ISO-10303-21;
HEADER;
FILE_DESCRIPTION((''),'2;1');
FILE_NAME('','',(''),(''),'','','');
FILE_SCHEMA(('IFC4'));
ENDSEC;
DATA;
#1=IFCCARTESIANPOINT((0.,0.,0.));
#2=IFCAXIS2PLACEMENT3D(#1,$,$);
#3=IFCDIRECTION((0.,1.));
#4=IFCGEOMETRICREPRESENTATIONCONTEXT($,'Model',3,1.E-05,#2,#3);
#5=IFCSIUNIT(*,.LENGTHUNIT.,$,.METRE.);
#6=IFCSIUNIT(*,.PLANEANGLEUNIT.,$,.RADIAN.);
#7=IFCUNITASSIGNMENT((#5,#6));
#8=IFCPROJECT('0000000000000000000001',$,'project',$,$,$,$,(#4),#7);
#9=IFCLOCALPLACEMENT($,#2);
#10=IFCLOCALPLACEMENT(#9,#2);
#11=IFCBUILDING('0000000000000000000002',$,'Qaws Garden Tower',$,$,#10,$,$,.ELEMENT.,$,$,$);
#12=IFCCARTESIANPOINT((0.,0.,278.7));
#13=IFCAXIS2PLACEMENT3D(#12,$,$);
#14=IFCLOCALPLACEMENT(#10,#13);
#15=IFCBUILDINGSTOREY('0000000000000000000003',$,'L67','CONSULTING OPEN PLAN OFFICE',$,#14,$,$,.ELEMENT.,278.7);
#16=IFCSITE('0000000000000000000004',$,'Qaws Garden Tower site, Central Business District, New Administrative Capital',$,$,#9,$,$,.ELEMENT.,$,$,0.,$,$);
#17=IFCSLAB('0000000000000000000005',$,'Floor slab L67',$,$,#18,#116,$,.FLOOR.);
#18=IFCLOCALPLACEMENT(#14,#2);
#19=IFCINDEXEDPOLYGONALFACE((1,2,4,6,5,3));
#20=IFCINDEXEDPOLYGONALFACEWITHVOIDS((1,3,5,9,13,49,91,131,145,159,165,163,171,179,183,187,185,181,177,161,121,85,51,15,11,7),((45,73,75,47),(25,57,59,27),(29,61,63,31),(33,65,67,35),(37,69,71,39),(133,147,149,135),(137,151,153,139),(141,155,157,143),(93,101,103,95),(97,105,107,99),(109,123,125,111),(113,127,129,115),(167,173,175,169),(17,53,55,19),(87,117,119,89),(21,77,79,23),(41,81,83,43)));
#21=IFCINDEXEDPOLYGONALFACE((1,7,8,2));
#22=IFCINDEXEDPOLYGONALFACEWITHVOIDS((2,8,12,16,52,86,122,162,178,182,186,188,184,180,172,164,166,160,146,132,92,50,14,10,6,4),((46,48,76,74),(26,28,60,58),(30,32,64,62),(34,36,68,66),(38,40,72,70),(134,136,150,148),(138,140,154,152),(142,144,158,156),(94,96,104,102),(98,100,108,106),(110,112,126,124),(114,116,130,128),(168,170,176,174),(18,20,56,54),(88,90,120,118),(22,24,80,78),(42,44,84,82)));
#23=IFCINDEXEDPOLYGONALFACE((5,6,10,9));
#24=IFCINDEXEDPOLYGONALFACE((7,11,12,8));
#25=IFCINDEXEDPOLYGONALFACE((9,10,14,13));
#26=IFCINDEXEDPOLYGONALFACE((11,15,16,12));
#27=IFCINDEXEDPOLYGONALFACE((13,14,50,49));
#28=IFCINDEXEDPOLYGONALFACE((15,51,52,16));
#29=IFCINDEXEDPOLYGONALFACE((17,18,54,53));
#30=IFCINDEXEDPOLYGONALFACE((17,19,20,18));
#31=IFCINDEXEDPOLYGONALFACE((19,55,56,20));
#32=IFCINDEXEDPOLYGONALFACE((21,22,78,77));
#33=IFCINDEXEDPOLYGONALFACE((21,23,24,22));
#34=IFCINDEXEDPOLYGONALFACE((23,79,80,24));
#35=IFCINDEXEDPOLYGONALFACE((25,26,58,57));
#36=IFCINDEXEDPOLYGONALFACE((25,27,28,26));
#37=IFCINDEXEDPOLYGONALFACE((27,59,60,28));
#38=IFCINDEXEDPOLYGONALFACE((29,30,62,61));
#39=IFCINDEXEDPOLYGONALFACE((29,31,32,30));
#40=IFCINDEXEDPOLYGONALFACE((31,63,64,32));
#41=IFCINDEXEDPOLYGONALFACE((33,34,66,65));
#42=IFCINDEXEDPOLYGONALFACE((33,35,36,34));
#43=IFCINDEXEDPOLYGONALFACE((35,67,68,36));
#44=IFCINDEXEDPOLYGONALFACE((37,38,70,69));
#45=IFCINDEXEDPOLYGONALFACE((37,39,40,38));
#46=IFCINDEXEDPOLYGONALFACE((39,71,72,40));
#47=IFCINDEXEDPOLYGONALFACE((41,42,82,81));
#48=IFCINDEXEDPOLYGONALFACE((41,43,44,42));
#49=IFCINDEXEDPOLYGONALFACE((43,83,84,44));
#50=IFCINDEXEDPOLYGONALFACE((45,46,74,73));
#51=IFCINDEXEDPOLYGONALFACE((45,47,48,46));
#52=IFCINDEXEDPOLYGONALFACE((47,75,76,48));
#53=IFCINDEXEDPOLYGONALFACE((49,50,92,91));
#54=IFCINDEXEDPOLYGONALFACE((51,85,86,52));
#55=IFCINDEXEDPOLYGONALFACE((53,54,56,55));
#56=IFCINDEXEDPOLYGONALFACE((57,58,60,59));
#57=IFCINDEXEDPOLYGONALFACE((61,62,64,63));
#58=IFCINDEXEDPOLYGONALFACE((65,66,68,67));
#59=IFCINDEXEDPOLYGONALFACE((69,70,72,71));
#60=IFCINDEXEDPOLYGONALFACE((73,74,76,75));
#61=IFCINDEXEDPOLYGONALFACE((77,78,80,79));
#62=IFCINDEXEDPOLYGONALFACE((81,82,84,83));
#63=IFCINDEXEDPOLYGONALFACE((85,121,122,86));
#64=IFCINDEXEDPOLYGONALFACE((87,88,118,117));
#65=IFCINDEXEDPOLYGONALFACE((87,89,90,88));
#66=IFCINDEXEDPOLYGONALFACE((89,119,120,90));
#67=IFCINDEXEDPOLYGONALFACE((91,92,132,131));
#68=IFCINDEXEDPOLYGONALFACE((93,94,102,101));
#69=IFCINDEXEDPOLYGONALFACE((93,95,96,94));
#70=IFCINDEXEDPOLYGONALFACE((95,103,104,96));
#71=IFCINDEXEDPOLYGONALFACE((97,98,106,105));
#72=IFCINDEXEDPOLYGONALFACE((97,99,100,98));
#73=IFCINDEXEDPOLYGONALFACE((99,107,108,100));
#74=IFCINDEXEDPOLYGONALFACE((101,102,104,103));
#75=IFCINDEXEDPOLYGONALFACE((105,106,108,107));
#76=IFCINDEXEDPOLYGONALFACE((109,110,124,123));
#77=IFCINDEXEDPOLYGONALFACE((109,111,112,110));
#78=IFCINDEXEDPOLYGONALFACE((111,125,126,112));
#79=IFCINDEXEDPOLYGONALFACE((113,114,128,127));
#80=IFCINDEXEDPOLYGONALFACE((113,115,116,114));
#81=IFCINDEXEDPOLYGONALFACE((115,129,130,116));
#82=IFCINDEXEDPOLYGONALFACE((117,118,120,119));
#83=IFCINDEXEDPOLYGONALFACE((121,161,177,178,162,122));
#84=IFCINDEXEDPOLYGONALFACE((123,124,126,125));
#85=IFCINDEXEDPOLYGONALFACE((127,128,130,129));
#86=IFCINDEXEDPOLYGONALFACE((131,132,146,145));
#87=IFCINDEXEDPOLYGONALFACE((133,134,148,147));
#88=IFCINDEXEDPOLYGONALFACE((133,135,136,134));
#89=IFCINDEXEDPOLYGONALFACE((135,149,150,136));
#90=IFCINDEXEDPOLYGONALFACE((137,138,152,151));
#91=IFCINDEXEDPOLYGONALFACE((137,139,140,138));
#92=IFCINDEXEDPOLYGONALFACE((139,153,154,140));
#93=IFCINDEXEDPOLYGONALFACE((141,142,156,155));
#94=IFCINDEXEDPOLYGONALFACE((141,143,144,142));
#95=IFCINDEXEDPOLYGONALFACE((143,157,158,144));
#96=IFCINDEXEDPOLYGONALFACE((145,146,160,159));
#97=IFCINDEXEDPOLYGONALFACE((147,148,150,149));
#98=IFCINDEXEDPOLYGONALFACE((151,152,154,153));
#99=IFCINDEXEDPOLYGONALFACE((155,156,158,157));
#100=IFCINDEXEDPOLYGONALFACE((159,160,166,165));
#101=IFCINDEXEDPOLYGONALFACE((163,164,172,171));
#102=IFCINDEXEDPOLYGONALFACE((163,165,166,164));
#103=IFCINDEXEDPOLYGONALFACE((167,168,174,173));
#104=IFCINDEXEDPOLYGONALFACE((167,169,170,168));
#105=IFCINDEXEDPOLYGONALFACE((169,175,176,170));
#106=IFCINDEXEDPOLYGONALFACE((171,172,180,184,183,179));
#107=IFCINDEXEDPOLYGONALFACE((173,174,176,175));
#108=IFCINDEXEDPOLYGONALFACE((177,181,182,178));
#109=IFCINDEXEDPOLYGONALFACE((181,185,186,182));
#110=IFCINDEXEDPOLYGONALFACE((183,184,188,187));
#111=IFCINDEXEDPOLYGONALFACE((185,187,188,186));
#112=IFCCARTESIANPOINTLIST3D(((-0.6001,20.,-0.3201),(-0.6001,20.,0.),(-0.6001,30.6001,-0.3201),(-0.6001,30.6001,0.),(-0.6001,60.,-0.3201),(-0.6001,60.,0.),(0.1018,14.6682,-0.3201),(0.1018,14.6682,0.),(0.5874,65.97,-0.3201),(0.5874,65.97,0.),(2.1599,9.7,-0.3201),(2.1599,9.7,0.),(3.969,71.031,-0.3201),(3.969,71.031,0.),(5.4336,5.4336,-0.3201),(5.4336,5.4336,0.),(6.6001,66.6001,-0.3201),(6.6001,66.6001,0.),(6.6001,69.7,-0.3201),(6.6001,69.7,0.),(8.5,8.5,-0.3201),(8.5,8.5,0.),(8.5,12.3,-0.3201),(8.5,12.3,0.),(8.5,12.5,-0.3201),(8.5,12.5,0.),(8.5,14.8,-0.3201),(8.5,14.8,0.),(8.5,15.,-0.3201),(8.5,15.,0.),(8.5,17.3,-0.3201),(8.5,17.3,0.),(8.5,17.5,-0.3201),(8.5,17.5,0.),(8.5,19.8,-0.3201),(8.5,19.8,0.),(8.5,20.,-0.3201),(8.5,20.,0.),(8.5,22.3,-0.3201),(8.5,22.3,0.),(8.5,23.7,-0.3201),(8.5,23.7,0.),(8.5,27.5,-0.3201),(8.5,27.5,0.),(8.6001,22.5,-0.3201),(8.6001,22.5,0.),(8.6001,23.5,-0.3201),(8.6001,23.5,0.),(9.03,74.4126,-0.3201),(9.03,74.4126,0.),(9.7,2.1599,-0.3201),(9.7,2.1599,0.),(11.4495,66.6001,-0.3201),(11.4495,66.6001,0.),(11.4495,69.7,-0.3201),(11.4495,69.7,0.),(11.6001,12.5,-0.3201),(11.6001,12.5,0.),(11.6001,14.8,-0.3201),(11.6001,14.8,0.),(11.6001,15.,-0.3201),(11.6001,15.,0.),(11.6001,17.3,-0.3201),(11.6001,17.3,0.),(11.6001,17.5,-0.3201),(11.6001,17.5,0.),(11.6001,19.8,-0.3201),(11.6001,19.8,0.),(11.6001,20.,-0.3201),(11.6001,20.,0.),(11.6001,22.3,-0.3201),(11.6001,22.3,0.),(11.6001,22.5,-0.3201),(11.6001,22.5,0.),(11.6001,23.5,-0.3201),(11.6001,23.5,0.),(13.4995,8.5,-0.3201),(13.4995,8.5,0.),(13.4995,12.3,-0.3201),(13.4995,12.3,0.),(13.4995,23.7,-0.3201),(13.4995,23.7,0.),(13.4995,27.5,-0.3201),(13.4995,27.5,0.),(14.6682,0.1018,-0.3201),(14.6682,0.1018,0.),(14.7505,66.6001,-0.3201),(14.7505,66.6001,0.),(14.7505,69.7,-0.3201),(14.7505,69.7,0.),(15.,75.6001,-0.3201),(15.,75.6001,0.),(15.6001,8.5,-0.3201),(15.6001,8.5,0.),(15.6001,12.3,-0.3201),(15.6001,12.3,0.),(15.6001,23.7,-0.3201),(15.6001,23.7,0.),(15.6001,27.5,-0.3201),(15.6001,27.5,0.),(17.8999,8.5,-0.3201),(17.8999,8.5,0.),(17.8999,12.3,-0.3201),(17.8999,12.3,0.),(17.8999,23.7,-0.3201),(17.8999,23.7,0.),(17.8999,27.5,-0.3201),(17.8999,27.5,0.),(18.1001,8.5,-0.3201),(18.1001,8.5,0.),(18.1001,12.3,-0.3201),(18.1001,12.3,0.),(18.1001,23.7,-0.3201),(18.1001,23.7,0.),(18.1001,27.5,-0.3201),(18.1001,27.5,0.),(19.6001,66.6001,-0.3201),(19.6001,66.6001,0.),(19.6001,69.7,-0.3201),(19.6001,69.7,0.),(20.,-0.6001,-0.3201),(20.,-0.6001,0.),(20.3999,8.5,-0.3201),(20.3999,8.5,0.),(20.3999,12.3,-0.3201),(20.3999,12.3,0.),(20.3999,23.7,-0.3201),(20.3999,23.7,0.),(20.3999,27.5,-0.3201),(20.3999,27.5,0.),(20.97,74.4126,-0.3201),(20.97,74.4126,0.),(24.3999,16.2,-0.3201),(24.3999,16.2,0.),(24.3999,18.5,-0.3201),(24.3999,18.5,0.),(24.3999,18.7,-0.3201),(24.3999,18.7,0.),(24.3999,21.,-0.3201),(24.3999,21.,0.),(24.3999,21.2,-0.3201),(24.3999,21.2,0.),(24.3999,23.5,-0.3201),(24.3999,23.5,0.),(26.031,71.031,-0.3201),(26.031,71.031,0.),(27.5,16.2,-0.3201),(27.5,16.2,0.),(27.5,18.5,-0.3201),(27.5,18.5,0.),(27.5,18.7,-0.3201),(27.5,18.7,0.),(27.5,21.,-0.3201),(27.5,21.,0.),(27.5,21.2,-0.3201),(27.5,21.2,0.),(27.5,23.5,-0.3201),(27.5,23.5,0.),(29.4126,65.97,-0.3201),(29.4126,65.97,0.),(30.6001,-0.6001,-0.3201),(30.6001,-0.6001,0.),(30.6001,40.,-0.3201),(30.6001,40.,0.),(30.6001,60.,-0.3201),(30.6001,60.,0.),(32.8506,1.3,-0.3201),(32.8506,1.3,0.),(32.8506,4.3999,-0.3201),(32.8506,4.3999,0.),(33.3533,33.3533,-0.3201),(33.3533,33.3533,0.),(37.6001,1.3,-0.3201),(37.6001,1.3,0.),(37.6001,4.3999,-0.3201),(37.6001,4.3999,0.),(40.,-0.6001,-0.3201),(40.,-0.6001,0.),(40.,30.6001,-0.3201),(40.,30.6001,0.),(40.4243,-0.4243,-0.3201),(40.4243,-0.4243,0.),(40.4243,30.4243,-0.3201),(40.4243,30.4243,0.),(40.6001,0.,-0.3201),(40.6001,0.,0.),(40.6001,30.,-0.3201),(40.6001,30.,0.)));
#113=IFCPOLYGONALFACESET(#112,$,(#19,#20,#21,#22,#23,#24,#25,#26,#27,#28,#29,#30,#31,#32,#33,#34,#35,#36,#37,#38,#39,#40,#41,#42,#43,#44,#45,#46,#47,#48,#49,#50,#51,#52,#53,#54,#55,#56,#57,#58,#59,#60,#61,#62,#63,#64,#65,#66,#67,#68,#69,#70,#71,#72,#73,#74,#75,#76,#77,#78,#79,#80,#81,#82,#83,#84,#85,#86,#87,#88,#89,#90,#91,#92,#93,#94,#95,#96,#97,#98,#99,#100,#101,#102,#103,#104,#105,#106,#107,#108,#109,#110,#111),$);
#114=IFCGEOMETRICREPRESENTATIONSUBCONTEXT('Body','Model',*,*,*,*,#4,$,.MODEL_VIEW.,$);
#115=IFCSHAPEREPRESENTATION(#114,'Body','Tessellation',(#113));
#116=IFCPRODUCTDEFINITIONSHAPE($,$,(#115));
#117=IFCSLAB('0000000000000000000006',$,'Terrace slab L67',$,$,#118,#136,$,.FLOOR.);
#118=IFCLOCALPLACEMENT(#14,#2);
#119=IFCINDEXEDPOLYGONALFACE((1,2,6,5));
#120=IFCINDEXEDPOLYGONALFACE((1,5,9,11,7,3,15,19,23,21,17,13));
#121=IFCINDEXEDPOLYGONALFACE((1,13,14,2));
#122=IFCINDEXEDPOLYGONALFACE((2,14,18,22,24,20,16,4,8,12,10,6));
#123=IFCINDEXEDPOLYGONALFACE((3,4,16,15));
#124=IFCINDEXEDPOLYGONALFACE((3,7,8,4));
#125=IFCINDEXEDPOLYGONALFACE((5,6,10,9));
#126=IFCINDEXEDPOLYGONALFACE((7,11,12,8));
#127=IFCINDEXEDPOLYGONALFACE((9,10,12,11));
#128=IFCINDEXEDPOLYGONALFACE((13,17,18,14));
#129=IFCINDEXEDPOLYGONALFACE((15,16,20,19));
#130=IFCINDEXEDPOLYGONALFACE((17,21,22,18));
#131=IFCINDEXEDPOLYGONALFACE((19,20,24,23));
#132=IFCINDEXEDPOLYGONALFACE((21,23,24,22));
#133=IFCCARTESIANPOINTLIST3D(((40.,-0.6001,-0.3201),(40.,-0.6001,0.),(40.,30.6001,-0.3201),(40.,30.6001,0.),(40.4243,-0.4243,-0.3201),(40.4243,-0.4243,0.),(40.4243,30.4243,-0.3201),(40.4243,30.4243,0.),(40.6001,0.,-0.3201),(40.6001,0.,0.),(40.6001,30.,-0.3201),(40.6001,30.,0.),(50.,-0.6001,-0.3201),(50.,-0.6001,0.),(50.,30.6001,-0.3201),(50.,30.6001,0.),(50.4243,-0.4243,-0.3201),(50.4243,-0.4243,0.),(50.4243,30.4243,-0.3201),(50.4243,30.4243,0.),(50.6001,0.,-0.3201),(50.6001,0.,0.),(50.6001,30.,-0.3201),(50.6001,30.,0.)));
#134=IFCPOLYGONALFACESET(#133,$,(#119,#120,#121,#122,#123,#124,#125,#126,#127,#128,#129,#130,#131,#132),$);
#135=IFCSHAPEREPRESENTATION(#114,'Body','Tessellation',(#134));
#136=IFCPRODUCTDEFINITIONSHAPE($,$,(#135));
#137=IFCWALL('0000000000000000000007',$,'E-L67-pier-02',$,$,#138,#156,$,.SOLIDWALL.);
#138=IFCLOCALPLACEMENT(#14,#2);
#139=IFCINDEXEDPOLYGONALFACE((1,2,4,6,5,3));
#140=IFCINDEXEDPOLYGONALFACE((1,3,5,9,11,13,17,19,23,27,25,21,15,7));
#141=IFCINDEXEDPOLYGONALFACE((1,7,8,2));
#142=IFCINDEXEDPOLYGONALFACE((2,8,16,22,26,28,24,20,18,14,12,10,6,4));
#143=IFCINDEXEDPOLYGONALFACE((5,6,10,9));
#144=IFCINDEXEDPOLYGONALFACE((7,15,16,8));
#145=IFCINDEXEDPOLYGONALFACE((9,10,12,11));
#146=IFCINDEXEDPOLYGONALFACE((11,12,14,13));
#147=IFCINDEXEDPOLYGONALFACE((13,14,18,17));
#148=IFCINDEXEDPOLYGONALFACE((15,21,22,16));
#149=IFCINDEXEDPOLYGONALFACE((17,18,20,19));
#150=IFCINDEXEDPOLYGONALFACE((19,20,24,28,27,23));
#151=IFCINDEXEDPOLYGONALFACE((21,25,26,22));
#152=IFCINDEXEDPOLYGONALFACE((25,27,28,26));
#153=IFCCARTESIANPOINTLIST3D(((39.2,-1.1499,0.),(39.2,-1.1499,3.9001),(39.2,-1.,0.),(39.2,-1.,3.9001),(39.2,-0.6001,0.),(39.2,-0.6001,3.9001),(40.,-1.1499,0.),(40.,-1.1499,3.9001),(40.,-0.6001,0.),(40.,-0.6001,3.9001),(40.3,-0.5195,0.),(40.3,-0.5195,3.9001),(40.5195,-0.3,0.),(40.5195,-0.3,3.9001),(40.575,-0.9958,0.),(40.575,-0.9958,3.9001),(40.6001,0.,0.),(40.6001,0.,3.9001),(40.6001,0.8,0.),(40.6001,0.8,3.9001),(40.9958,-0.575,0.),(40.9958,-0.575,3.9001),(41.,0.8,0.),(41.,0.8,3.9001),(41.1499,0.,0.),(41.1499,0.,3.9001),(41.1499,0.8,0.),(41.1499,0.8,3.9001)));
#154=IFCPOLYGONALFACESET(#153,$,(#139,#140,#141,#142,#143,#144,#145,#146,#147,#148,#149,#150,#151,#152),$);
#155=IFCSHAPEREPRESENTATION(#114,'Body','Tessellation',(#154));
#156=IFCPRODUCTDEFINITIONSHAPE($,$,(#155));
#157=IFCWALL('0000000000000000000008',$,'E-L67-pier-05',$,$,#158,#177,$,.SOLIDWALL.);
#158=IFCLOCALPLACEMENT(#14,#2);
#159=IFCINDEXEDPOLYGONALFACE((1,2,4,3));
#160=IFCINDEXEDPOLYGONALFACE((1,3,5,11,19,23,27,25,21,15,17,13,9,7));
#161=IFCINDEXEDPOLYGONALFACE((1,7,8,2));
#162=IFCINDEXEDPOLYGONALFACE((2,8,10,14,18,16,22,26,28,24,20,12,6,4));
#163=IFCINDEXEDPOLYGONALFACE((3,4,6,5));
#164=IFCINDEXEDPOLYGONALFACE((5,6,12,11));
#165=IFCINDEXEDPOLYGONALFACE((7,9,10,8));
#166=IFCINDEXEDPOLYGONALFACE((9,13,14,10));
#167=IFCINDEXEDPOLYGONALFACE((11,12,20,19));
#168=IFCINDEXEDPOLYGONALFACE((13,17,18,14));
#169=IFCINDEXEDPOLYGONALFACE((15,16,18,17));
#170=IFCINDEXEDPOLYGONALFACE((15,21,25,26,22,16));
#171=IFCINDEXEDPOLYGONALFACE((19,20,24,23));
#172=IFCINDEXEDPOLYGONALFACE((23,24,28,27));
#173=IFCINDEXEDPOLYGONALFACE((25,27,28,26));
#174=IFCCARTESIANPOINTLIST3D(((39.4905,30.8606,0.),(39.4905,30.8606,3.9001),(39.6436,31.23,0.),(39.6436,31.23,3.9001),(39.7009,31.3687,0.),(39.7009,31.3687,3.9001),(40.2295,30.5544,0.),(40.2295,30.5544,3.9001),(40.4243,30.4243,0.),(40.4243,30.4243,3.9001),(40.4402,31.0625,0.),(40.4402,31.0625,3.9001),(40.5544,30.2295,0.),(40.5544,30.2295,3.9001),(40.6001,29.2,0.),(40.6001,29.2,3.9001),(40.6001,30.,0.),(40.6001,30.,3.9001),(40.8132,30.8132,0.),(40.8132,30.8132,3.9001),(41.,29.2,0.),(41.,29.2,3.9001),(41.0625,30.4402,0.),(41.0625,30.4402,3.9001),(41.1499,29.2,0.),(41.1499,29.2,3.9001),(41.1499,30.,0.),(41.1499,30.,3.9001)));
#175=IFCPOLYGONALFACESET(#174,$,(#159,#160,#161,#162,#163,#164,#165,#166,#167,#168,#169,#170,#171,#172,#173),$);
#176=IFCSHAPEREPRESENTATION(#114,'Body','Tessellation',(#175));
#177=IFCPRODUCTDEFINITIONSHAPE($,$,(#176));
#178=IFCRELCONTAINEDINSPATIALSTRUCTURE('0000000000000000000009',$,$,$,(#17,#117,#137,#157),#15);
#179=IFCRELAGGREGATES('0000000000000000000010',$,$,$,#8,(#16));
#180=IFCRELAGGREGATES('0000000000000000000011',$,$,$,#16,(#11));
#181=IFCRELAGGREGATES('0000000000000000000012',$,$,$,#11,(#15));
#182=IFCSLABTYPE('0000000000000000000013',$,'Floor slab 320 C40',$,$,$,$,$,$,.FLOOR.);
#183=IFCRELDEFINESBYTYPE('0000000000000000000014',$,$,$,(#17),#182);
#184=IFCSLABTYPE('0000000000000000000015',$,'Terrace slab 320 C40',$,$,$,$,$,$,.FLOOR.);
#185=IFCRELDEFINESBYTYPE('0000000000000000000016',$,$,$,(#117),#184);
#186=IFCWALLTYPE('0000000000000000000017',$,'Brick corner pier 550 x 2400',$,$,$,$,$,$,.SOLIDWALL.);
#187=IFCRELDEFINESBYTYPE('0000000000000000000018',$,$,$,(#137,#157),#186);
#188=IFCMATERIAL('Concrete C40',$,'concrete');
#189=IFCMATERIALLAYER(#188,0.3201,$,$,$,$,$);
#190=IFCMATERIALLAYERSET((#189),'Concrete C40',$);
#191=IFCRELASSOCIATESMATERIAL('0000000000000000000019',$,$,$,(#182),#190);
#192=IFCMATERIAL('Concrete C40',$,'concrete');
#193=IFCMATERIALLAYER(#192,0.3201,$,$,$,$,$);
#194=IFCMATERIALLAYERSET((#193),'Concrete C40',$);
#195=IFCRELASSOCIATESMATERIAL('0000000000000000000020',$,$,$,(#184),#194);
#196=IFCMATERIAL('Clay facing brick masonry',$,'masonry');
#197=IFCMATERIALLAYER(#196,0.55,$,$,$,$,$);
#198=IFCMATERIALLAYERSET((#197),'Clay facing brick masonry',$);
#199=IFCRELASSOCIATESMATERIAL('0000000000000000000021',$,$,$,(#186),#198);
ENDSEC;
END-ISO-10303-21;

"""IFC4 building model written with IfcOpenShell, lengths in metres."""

from ifc_helpers import new_model, si_unit, direction, frame, origin, place, context, subcontext, project, spatial, polyline, outline, extrude, material, layer, layer_set, type_object, element, save


model = new_model("IFC4")

# Units and contexts
model_context = context("Model", 3, precision=1e-05, world=origin(), true_north=direction((0.0, 1.0)))
body_context = subcontext(model_context, "Body", "Model", "MODEL_VIEW")
ifc_project = project(units=[si_unit("LENGTHUNIT", "METRE"), si_unit("PLANEANGLEUNIT", "RADIAN")], contexts=[model_context])

# Site, building, storey
site_placement = place(None, origin())
site = spatial("IfcSite", under=ifc_project, at=site_placement, Name="Qaws Garden Tower site, Central Business District, New Administrative Capital", CompositionType="ELEMENT", RefElevation=0.0)
building_placement = place(site_placement, origin())
building = spatial("IfcBuilding", under=site, at=building_placement, Name="Qaws Garden Tower", CompositionType="ELEMENT")
storey_placement = place(building_placement, frame((0.0, 0.0, 278.7)))
storey = spatial("IfcBuildingStorey", under=building, at=storey_placement, Name="L67", Description="CONSULTING OPEN PLAN OFFICE", CompositionType="ELEMENT", Elevation=278.7)

# Slabs
ifc_material_1 = material(Name="Concrete C40", Category="concrete")
ifc_layer_1 = layer(ifc_material_1, 0.3201)
ifc_layer_set_1 = layer_set([ifc_layer_1], Name="Concrete C40")
slab_type_1 = type_object("IfcSlabType", Name="Floor slab 320 C40", PredefinedType="FLOOR", material=ifc_layer_set_1)
placement_1 = place(storey_placement, frame((0.0, 0.0, -0.3201)))
element("IfcSlab", 1, at=placement_1, inside=storey, type_object=slab_type_1, Name="Floor slab L67", PredefinedType="FLOOR", context=body_context, shape_type="SweptSolid", body=[
    extrude(outline(polyline([(0.1018, 14.6682), (-0.6001, 20.0), (-0.6001, 30.6001), (-0.6001, 60.0), (-0.6001, 60.0), (0.5874, 65.97), (3.969, 71.031), (9.03, 74.4126), (15.0, 75.6001), (20.97, 74.4126), (26.031, 71.031), (29.4126, 65.97), (30.6001, 60.0), (30.6001, 40.0), (33.3533, 33.3533), (40.0, 30.6001), (40.4243, 30.4243), (40.6001, 30.0), (40.6001, 0.0), (40.4243, -0.4243), (40.0, -0.6001), (30.6001, -0.6001), (20.0, -0.6001), (14.6682, 0.1018), (9.7, 2.1599), (5.4336, 5.4336), (2.1599, 9.7), (0.1018, 14.6682)]), holes=[polyline([(13.4995, 12.3), (8.5, 12.3), (8.5, 8.5), (13.4995, 8.5), (13.4995, 12.3)]), polyline([(17.8999, 12.3), (15.6001, 12.3), (15.6001, 8.5), (17.8999, 8.5), (17.8999, 12.3)]), polyline([(11.6001, 14.8), (8.5, 14.8), (8.5, 12.5), (11.6001, 12.5), (11.6001, 14.8)]), polyline([(11.6001, 17.3), (8.5, 17.3), (8.5, 15.0), (11.6001, 15.0), (11.6001, 17.3)]), polyline([(11.6001, 19.8), (8.5, 19.8), (8.5, 17.5), (11.6001, 17.5), (11.6001, 19.8)]), polyline([(11.6001, 22.3), (8.5, 22.3), (8.5, 20.0), (11.6001, 20.0), (11.6001, 22.3)]), polyline([(11.6001, 23.5), (8.6001, 23.5), (8.6001, 22.5), (11.6001, 22.5), (11.6001, 23.5)]), polyline([(13.4995, 27.5), (8.5, 27.5), (8.5, 23.7), (13.4995, 23.7), (13.4995, 27.5)]), polyline([(11.4495, 69.7), (6.6001, 69.7), (6.6001, 66.6001), (11.4495, 66.6001), (11.4495, 69.7)]), polyline([(37.6001, 4.3999), (32.8506, 4.3999), (32.8506, 1.3), (37.6001, 1.3), (37.6001, 4.3999)]), polyline([(20.3999, 12.3), (18.1001, 12.3), (18.1001, 8.5), (20.3999, 8.5), (20.3999, 12.3)]), polyline([(27.5, 18.5), (24.3999, 18.5), (24.3999, 16.2), (27.5, 16.2), (27.5, 18.5)]), polyline([(27.5, 21.0), (24.3999, 21.0), (24.3999, 18.7), (27.5, 18.7), (27.5, 21.0)]), polyline([(27.5, 23.5), (24.3999, 23.5), (24.3999, 21.2), (27.5, 21.2), (27.5, 23.5)]), polyline([(17.8999, 27.5), (15.6001, 27.5), (15.6001, 23.7), (17.8999, 23.7), (17.8999, 27.5)]), polyline([(20.3999, 23.7), (20.3999, 27.5), (18.1001, 27.5), (18.1001, 23.7), (20.3999, 23.7)]), polyline([(19.6001, 66.6001), (19.6001, 69.7), (14.7505, 69.7), (14.7505, 66.6001), (19.6001, 66.6001)])]), origin(), (0.0, 0.0, 1.0), 0.3201),
])
ifc_material_2 = material(Name="Concrete C40", Category="concrete")
ifc_layer_2 = layer(ifc_material_2, 0.3201)
ifc_layer_set_2 = layer_set([ifc_layer_2], Name="Concrete C40")
slab_type_2 = type_object("IfcSlabType", Name="Terrace slab 320 C40", PredefinedType="FLOOR", material=ifc_layer_set_2)
element("IfcSlab", 2, at=placement_1, inside=storey, type_object=slab_type_2, Name="Terrace slab L67", PredefinedType="FLOOR", context=body_context, shape_type="SweptSolid", body=[
    extrude(outline(polyline([(50.0, 30.6001), (50.4243, 30.4243), (50.6001, 30.0), (50.6001, 0.0), (50.4243, -0.4243), (50.0, -0.6001), (40.0, -0.6001), (40.4243, -0.4243), (40.6001, 0.0), (40.6001, 30.0), (40.4243, 30.4243), (40.0, 30.6001), (50.0, 30.6001)])), origin(), (0.0, 0.0, 1.0), 0.3201),
])

# Walls
ifc_material_3 = material(Name="Clay facing brick masonry", Category="masonry")
ifc_layer_3 = layer(ifc_material_3, 0.55)
ifc_layer_set_3 = layer_set([ifc_layer_3], Name="Clay facing brick masonry")
wall_type_1 = type_object("IfcWallType", Name="Brick corner pier 550 x 2400", PredefinedType="SOLIDWALL", material=ifc_layer_set_3)
placement_2 = place(storey_placement, origin())
element("IfcWall", 3, at=placement_2, inside=storey, type_object=wall_type_1, Name="E-L67-pier-02", PredefinedType="SOLIDWALL", context=body_context, shape_type="SweptSolid", body=[
    extrude(outline(polyline([(39.2, -1.0), (39.2, -1.1499), (40.0, -1.1499), (40.575, -0.9958), (40.9958, -0.575), (41.1499, 0.0), (41.1499, 0.8), (41.0, 0.8), (40.6001, 0.8), (40.6001, 0.0), (40.5195, -0.3), (40.3, -0.5195), (40.0, -0.6001), (39.2, -0.6001), (39.2, -1.0)])), origin(), (0.0, 0.0, 1.0), 3.9001),
])
element("IfcWall", 4, at=placement_2, inside=storey, type_object=wall_type_1, Name="E-L67-pier-05", PredefinedType="SOLIDWALL", context=body_context, shape_type="SweptSolid", body=[
    extrude(outline(polyline([(41.0, 29.2), (41.1499, 29.2), (41.1499, 30.0), (41.0625, 30.4402), (40.8132, 30.8132), (40.4402, 31.0625), (39.7009, 31.3687), (39.6436, 31.23), (39.4905, 30.8606), (40.2295, 30.5544), (40.4243, 30.4243), (40.5544, 30.2295), (40.6001, 30.0), (40.6001, 29.2), (41.0, 29.2)])), origin(), (0.0, 0.0, 1.0), 3.9001),
])

save(model, "model.ifc")
